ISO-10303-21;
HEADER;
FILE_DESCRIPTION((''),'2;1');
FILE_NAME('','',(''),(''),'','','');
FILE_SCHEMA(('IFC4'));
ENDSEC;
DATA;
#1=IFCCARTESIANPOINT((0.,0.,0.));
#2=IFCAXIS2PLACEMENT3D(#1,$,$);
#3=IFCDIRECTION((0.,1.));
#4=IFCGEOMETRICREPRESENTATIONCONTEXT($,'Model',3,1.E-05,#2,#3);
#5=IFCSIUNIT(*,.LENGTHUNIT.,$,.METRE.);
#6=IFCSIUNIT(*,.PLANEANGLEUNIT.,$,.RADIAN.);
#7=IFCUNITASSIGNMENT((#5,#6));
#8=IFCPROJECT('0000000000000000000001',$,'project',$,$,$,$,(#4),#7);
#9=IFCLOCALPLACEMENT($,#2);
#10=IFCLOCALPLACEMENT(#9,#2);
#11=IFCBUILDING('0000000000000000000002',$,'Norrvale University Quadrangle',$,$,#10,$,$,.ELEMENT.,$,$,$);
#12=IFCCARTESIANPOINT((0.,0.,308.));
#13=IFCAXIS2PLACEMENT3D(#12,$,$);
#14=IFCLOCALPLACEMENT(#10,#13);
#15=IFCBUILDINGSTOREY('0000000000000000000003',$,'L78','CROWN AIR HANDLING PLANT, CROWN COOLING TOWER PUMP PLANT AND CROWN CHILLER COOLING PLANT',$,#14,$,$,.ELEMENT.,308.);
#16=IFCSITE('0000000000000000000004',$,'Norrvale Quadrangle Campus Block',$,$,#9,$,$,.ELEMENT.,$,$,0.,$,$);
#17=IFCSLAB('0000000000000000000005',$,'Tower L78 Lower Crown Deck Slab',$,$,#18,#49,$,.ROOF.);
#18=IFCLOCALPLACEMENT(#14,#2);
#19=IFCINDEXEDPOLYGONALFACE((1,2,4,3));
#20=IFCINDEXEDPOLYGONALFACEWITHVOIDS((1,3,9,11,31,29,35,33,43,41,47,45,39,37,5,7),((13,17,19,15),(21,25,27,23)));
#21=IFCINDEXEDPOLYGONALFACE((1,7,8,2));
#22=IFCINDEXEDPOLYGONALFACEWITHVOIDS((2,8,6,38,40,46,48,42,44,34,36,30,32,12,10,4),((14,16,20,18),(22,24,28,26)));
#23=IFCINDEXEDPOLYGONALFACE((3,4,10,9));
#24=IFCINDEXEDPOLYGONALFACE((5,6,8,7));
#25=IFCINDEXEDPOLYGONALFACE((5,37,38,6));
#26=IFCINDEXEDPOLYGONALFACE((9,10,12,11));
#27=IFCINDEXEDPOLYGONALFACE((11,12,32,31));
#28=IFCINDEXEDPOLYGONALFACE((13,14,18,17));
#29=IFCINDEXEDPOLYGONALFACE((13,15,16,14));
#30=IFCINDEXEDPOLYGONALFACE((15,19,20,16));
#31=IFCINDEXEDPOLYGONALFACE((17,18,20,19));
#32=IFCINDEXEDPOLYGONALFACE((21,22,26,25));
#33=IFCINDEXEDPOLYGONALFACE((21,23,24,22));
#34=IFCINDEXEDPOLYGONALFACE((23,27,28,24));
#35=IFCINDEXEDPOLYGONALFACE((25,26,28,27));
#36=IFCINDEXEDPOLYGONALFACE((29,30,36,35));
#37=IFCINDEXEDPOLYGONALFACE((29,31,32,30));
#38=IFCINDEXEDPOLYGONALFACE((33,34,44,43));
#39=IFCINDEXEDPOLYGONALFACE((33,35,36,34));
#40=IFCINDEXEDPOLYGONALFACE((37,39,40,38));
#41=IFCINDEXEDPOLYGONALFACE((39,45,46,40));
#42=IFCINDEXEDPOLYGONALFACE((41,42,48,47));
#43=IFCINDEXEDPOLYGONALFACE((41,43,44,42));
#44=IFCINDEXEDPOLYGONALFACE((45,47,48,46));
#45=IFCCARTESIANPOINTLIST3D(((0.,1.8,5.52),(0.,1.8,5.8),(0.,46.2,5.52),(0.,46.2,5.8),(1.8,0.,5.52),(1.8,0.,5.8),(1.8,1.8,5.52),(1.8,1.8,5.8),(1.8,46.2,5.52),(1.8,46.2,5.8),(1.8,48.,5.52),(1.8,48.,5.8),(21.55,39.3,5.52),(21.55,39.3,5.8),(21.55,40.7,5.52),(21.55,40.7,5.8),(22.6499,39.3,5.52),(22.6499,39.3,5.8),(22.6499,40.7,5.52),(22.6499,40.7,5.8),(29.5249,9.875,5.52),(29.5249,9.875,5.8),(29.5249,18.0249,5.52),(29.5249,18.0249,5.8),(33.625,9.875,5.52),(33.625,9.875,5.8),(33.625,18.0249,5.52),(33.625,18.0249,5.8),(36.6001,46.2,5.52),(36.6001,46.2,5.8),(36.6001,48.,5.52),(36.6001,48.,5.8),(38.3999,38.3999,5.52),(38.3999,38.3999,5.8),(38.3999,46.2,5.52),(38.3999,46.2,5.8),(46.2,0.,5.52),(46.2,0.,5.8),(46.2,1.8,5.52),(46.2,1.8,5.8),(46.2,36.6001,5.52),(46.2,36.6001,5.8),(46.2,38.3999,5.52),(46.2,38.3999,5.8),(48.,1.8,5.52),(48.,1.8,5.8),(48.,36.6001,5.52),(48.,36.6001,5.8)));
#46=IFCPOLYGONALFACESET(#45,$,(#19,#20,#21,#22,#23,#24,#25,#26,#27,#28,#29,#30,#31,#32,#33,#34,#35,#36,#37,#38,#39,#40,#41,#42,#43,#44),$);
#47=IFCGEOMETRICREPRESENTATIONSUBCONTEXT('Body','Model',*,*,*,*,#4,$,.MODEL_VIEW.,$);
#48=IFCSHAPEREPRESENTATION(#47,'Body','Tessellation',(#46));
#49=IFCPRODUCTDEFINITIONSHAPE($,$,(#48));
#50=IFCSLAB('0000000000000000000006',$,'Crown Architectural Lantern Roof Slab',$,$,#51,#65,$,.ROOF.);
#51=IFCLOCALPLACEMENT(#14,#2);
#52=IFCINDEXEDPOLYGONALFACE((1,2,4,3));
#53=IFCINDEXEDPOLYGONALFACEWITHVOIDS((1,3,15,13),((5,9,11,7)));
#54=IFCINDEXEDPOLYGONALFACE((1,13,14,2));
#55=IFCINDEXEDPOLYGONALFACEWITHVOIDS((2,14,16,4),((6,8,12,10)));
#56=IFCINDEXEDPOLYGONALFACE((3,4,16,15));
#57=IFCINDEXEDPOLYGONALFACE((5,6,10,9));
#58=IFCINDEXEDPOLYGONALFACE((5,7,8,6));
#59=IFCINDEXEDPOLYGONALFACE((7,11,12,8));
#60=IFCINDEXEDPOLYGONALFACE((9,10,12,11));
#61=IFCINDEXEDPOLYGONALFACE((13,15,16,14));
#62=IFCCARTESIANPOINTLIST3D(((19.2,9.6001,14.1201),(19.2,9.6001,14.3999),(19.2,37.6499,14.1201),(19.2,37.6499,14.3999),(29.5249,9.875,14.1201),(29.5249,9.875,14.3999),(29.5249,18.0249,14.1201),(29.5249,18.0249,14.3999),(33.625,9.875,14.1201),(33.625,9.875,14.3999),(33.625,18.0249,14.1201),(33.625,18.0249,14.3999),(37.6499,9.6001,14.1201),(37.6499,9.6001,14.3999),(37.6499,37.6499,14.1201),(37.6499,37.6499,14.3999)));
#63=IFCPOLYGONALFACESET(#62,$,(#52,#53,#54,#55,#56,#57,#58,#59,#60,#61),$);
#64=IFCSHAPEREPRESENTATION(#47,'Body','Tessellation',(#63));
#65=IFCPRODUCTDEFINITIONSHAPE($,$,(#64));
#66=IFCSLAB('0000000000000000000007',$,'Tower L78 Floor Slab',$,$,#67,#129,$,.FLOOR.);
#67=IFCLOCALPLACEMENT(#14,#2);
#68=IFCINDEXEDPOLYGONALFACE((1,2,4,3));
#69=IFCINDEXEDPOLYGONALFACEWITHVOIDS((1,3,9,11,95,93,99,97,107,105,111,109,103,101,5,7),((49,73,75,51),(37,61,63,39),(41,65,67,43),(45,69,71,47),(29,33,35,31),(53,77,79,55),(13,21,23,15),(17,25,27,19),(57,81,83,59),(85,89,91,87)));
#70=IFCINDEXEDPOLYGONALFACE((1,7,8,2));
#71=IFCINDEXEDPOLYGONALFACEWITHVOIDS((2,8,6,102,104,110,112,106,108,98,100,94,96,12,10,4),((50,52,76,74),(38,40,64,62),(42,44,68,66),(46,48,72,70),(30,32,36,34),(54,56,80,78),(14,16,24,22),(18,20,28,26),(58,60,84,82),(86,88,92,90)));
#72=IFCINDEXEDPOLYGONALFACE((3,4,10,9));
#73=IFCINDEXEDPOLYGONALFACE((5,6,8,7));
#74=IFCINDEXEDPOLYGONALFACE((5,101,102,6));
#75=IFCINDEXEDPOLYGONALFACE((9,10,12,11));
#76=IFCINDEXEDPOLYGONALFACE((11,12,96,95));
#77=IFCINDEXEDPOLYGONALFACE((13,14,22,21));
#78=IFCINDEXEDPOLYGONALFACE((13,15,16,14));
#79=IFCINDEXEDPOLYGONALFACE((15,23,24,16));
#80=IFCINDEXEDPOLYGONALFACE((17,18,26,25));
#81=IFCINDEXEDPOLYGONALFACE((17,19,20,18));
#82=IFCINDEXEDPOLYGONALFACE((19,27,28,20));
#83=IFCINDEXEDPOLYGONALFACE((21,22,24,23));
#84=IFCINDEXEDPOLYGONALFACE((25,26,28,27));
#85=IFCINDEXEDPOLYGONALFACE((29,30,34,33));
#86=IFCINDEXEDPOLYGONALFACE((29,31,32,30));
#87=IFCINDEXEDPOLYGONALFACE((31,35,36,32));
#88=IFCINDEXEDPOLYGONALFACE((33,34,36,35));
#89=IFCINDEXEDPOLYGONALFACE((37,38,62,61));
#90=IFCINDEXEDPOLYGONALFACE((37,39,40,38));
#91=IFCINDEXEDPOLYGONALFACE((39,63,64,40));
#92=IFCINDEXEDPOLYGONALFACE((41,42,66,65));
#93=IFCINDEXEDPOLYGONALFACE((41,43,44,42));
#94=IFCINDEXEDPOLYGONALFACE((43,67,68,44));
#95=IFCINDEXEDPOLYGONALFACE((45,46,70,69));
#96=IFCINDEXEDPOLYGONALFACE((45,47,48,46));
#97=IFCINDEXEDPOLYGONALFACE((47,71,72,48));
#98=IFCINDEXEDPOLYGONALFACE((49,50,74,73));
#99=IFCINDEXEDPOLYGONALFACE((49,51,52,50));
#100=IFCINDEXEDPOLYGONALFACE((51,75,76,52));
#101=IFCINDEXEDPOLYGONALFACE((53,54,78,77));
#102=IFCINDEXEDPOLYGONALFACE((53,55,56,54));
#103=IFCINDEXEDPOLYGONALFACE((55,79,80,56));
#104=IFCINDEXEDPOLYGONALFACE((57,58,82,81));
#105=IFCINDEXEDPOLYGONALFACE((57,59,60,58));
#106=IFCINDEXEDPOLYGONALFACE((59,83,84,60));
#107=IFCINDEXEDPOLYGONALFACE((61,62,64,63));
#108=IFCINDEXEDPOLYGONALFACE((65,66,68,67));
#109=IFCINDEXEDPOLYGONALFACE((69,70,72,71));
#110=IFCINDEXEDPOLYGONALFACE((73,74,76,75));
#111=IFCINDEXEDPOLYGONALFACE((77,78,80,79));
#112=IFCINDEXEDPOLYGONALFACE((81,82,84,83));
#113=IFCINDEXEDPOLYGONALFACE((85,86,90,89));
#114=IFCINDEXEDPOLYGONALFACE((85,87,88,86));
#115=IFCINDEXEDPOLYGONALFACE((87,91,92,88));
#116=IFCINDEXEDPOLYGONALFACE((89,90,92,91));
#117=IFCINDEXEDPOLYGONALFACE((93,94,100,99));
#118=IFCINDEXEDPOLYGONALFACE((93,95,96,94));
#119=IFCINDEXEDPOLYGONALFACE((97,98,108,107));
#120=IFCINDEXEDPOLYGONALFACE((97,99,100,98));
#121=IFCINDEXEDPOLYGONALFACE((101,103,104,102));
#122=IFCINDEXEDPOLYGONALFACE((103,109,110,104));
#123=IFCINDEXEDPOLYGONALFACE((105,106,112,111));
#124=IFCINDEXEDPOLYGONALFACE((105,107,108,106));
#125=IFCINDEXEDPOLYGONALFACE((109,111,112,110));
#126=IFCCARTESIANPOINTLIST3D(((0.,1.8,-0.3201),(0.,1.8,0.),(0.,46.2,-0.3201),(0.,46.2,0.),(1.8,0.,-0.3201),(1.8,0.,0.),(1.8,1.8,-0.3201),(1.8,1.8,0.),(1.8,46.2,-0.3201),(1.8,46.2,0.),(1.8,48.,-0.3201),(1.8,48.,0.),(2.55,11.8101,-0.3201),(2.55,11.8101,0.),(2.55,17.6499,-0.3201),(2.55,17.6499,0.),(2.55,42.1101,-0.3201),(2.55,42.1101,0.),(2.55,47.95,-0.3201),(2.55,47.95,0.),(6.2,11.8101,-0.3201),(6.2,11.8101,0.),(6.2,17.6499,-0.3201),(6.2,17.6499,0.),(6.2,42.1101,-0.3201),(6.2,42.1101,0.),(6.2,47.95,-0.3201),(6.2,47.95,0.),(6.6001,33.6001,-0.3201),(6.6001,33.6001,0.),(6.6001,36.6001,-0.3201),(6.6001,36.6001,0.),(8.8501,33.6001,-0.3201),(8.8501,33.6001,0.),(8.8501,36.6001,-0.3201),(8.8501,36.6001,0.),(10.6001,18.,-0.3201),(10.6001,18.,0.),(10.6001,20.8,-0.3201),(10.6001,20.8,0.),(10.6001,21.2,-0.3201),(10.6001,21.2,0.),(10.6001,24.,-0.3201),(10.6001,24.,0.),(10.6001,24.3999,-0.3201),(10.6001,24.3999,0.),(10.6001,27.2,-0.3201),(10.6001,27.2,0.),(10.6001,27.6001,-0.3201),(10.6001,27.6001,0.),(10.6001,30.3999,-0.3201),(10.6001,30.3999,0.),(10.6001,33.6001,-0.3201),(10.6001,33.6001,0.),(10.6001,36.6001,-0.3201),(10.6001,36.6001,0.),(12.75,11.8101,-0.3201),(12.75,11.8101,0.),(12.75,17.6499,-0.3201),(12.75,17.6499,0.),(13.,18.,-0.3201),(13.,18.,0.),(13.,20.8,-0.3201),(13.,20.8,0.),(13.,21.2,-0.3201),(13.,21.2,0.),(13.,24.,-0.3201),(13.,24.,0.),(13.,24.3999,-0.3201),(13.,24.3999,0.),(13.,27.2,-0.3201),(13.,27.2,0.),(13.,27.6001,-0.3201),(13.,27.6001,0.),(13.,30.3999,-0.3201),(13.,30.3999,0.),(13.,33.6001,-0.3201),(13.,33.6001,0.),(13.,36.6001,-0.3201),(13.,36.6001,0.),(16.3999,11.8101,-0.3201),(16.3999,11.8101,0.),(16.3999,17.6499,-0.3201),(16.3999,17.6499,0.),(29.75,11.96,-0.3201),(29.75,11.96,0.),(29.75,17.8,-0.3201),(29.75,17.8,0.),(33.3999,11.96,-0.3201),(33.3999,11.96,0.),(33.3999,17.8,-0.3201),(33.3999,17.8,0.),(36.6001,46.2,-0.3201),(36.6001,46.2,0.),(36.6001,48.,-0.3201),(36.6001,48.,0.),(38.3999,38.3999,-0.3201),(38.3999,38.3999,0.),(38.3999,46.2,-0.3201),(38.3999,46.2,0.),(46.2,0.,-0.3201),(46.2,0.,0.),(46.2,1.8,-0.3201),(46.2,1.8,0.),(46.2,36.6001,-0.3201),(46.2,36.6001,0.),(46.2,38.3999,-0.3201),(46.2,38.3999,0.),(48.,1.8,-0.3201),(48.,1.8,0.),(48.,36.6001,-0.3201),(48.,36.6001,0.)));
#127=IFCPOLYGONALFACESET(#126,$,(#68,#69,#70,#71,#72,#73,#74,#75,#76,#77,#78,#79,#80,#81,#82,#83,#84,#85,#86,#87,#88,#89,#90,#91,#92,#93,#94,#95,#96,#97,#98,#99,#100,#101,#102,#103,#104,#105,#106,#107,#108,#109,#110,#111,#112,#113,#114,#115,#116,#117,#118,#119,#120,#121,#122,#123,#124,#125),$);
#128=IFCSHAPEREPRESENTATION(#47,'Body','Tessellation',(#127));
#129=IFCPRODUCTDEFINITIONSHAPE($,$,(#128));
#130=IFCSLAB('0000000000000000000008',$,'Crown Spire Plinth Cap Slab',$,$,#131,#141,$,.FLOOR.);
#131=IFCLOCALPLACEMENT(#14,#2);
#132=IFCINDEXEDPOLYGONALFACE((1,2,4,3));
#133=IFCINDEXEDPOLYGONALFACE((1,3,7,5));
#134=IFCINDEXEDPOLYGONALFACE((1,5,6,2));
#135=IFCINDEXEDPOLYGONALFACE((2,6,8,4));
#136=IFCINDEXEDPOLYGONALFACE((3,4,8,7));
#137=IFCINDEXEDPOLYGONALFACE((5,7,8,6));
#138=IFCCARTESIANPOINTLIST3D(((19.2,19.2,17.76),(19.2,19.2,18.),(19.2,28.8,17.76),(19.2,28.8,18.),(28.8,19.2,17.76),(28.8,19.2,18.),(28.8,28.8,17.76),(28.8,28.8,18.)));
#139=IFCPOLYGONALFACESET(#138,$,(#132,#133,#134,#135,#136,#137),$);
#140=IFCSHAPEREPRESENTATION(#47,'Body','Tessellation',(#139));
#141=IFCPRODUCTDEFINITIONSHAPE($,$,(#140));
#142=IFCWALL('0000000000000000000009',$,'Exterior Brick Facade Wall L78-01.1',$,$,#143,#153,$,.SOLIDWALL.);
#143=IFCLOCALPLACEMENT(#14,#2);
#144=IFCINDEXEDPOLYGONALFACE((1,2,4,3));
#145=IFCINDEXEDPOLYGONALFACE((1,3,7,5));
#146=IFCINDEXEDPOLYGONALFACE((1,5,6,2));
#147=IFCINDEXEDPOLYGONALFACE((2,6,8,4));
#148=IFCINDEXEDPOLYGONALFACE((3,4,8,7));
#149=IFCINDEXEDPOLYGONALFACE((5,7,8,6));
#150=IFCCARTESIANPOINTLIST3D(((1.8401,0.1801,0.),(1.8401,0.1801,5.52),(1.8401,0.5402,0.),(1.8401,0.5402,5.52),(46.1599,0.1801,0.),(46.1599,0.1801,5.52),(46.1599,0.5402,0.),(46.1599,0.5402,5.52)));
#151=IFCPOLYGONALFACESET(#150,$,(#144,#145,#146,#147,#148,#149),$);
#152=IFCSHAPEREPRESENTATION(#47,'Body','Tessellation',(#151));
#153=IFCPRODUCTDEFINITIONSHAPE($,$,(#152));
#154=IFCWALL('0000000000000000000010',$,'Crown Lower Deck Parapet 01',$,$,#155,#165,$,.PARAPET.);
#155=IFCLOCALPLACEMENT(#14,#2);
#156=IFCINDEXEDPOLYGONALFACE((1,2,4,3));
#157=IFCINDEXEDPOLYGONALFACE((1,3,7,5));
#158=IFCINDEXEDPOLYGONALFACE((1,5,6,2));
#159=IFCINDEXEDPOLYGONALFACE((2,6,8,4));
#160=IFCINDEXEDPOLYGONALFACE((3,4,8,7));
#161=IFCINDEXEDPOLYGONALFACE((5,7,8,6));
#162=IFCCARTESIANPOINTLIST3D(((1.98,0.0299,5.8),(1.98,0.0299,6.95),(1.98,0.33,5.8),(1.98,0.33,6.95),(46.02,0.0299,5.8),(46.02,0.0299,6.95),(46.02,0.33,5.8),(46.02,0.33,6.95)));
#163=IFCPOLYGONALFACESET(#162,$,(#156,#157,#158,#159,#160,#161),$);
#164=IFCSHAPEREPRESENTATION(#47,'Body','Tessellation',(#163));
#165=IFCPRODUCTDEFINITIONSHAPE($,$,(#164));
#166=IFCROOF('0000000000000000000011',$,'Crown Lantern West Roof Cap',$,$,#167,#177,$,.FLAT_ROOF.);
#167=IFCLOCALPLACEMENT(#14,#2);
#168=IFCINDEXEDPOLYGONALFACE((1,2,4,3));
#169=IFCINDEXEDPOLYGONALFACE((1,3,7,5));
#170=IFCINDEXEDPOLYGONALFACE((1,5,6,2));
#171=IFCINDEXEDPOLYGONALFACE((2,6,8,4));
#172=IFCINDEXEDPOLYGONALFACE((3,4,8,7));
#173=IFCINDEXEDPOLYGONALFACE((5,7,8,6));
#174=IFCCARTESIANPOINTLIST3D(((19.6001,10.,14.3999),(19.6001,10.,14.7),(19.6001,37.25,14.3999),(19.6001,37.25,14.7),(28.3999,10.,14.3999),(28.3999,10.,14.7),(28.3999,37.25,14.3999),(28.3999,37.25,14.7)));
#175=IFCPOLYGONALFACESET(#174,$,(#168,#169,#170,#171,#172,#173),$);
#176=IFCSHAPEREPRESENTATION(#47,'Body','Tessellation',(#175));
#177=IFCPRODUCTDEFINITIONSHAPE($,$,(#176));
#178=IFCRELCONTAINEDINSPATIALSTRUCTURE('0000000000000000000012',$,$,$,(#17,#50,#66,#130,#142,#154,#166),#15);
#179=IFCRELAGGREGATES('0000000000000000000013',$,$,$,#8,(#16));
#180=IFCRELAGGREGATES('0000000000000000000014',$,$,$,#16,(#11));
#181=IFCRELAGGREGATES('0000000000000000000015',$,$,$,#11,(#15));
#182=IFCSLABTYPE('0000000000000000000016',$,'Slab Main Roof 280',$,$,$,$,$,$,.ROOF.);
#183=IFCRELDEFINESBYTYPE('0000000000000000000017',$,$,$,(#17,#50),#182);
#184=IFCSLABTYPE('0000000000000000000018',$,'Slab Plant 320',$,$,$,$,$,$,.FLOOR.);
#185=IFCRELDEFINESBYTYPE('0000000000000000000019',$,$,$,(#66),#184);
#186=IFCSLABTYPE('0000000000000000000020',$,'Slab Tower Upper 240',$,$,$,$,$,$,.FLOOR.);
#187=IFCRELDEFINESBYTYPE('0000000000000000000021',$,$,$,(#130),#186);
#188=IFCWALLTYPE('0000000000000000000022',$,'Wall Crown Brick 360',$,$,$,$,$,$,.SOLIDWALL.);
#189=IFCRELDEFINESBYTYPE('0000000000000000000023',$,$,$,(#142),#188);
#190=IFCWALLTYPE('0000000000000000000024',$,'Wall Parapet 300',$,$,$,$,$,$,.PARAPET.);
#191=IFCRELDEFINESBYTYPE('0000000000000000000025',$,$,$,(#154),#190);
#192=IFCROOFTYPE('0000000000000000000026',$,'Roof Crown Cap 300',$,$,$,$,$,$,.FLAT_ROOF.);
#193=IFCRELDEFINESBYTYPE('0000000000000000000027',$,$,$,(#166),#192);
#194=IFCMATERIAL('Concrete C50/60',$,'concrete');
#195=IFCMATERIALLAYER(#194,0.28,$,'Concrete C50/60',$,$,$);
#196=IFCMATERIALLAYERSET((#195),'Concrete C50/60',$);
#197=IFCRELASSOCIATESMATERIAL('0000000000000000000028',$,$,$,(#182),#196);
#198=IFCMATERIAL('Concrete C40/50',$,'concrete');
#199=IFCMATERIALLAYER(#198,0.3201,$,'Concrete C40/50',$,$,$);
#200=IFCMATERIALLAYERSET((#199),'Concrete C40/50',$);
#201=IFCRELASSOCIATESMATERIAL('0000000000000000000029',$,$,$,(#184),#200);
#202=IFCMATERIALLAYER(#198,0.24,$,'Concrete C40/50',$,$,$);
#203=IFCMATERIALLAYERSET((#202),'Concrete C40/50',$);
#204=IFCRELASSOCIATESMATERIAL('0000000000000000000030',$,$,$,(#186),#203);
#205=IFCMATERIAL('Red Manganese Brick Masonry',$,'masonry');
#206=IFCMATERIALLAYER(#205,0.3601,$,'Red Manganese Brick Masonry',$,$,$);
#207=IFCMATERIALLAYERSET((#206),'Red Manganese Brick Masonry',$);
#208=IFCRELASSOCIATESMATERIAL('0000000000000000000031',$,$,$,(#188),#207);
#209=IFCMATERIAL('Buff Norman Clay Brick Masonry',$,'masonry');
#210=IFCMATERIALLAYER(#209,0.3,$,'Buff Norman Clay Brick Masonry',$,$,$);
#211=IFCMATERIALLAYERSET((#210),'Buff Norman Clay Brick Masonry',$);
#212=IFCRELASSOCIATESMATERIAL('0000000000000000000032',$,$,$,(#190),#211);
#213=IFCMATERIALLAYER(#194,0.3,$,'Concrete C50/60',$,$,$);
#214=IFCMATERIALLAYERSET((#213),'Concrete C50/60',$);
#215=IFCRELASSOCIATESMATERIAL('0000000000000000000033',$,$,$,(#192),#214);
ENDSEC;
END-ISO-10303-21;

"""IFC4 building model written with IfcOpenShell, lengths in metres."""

from ifc_helpers import new_model, si_unit, direction, frame, frame_2d, origin, place, context, subcontext, project, spatial, polyline, rectangle, outline, extrude, material, layer, layer_set, type_object, element, save


model = new_model("IFC4")

# Units and contexts
model_context = context("Model", 3, precision=1e-05, world=origin(), true_north=direction((0.0, 1.0)))
body_context = subcontext(model_context, "Body", "Model", "MODEL_VIEW")
ifc_project = project(units=[si_unit("LENGTHUNIT", "METRE"), si_unit("PLANEANGLEUNIT", "RADIAN")], contexts=[model_context])

# Site, building, storey
site_placement = place(None, origin())
site = spatial("IfcSite", under=ifc_project, at=site_placement, Name="Norrvale Quadrangle Campus Block", CompositionType="ELEMENT", RefElevation=0.0)
building_placement = place(site_placement, origin())
building = spatial("IfcBuilding", under=site, at=building_placement, Name="Norrvale University Quadrangle", CompositionType="ELEMENT")
storey_placement = place(building_placement, frame((0.0, 0.0, 308.0)))
storey = spatial("IfcBuildingStorey", under=building, at=storey_placement, Name="L78", Description="CROWN AIR HANDLING PLANT, CROWN COOLING TOWER PUMP PLANT AND CROWN CHILLER COOLING PLANT", CompositionType="ELEMENT", Elevation=308.0)

# Shared definitions
ifc_material_1 = material(Name="Concrete C40/50", Category="concrete")

# Slabs
ifc_material_2 = material(Name="Concrete C50/60", Category="concrete")
ifc_layer_1 = layer(ifc_material_2, 0.28, Name="Concrete C50/60")
ifc_layer_set_1 = layer_set([ifc_layer_1], Name="Concrete C50/60")
slab_type_1 = type_object("IfcSlabType", Name="Slab Main Roof 280", PredefinedType="ROOF", material=ifc_layer_set_1)
slab_1_placement = place(storey_placement, frame((0.0, 0.0, 5.52)))
element("IfcSlab", 1, at=slab_1_placement, inside=storey, type_object=slab_type_1, Name="Tower L78 Lower Crown Deck Slab", PredefinedType="ROOF", context=body_context, shape_type="SweptSolid", body=[
    extrude(outline(polyline([(1.8, 0.0), (46.2, 0.0), (46.2, 1.8), (48.0, 1.8), (48.0, 36.6001), (46.2, 36.6001), (46.2, 38.3999), (38.3999, 38.3999), (38.3999, 46.2), (36.6001, 46.2), (36.6001, 48.0), (1.8, 48.0), (1.8, 46.2), (0.0, 46.2), (0.0, 1.8), (1.8, 1.8), (1.8, 0.0)]), holes=[polyline([(29.5249, 9.875), (33.625, 9.875), (33.625, 18.0249), (29.5249, 18.0249), (29.5249, 9.875)]), polyline([(21.55, 39.3), (22.6499, 39.3), (22.6499, 40.7), (21.55, 40.7), (21.55, 39.3)])]), origin(), (0.0, 0.0, 1.0), 0.28),
])
slab_2_placement = place(storey_placement, frame((0.0, 0.0, 14.1201)))
element("IfcSlab", 2, at=slab_2_placement, inside=storey, type_object=slab_type_1, Name="Crown Architectural Lantern Roof Slab", PredefinedType="ROOF", context=body_context, shape_type="SweptSolid", body=[
    extrude(outline(polyline([(19.2, 9.6001), (37.6499, 9.6001), (37.6499, 37.6499), (19.2, 37.6499), (19.2, 9.6001)]), holes=[polyline([(29.5249, 9.875), (33.625, 9.875), (33.625, 18.0249), (29.5249, 18.0249), (29.5249, 9.875)])]), origin(), (0.0, 0.0, 1.0), 0.2798),
])
ifc_layer_2 = layer(ifc_material_1, 0.3201, Name="Concrete C40/50")
ifc_layer_set_2 = layer_set([ifc_layer_2], Name="Concrete C40/50")
slab_type_2 = type_object("IfcSlabType", Name="Slab Plant 320", PredefinedType="FLOOR", material=ifc_layer_set_2)
slab_3_placement = place(storey_placement, frame((0.0, 0.0, -0.3201)))
element("IfcSlab", 3, at=slab_3_placement, inside=storey, type_object=slab_type_2, Name="Tower L78 Floor Slab", PredefinedType="FLOOR", context=body_context, shape_type="SweptSolid", body=[
    extrude(outline(polyline([(1.8, 0.0), (46.2, 0.0), (46.2, 1.8), (48.0, 1.8), (48.0, 36.6001), (46.2, 36.6001), (46.2, 38.3999), (38.3999, 38.3999), (38.3999, 46.2), (36.6001, 46.2), (36.6001, 48.0), (1.8, 48.0), (1.8, 46.2), (0.0, 46.2), (0.0, 1.8), (1.8, 1.8), (1.8, 0.0)]), holes=[polyline([(2.55, 11.8101), (6.2, 11.8101), (6.2, 17.6499), (2.55, 17.6499), (2.55, 11.8101)]), polyline([(2.55, 42.1101), (6.2, 42.1101), (6.2, 47.95), (2.55, 47.95), (2.55, 42.1101)]), polyline([(12.75, 11.8101), (16.3999, 11.8101), (16.3999, 17.6499), (12.75, 17.6499), (12.75, 11.8101)]), polyline([(29.75, 11.96), (33.3999, 11.96), (33.3999, 17.8), (29.75, 17.8), (29.75, 11.96)]), polyline([(10.6001, 18.0), (13.0, 18.0), (13.0, 20.8), (10.6001, 20.8), (10.6001, 18.0)]), polyline([(10.6001, 21.2), (13.0, 21.2), (13.0, 24.0), (10.6001, 24.0), (10.6001, 21.2)]), polyline([(10.6001, 24.3999), (13.0, 24.3999), (13.0, 27.2), (10.6001, 27.2), (10.6001, 24.3999)]), polyline([(10.6001, 27.6001), (13.0, 27.6001), (13.0, 30.3999), (10.6001, 30.3999), (10.6001, 27.6001)]), polyline([(6.6001, 33.6001), (8.8501, 33.6001), (8.8501, 36.6001), (6.6001, 36.6001), (6.6001, 33.6001)]), polyline([(10.6001, 33.6001), (13.0, 33.6001), (13.0, 36.6001), (10.6001, 36.6001), (10.6001, 33.6001)])]), origin(), (0.0, 0.0, 1.0), 0.3201),
])
ifc_layer_3 = layer(ifc_material_1, 0.24, Name="Concrete C40/50")
ifc_layer_set_3 = layer_set([ifc_layer_3], Name="Concrete C40/50")
slab_type_3 = type_object("IfcSlabType", Name="Slab Tower Upper 240", PredefinedType="FLOOR", material=ifc_layer_set_3)
slab_4_placement = place(storey_placement, frame((0.0, 0.0, 17.76)))
element("IfcSlab", 4, at=slab_4_placement, inside=storey, type_object=slab_type_3, Name="Crown Spire Plinth Cap Slab", PredefinedType="FLOOR", context=body_context, shape_type="SweptSolid", body=[
    extrude(outline(polyline([(19.2, 19.2), (28.8, 19.2), (28.8, 28.8), (19.2, 28.8), (19.2, 19.2)])), origin(), (0.0, 0.0, 1.0), 0.24),
])

# Walls
ifc_material_3 = material(Name="Red Manganese Brick Masonry", Category="masonry")
ifc_layer_4 = layer(ifc_material_3, 0.3601, Name="Red Manganese Brick Masonry")
ifc_layer_set_4 = layer_set([ifc_layer_4], Name="Red Manganese Brick Masonry")
wall_type_1 = type_object("IfcWallType", Name="Wall Crown Brick 360", PredefinedType="SOLIDWALL", material=ifc_layer_set_4)
wall_1_placement = place(storey_placement, frame((1.8401, 0.3601, 0.0), z_axis=(0.0, 0.0, 1.0), x_axis=(1.0, 0.0, 0.0)))
element("IfcWall", 5, at=wall_1_placement, inside=storey, type_object=wall_type_1, Name="Exterior Brick Facade Wall L78-01.1", PredefinedType="SOLIDWALL", context=body_context, shape_type="SweptSolid", body=[
    extrude(rectangle(XDim=44.3198, YDim=0.3601, at=frame_2d((22.1599, 0.0))), origin(), (0.0, 0.0, 1.0), 5.52),
])
ifc_material_4 = material(Name="Buff Norman Clay Brick Masonry", Category="masonry")
ifc_layer_5 = layer(ifc_material_4, 0.3, Name="Buff Norman Clay Brick Masonry")
ifc_layer_set_5 = layer_set([ifc_layer_5], Name="Buff Norman Clay Brick Masonry")
wall_type_2 = type_object("IfcWallType", Name="Wall Parapet 300", PredefinedType="PARAPET", material=ifc_layer_set_5)
wall_2_placement = place(storey_placement, frame((1.98, 0.1799, 5.8), z_axis=(0.0, 0.0, 1.0), x_axis=(1.0, 0.0, 0.0)))
element("IfcWall", 6, at=wall_2_placement, inside=storey, type_object=wall_type_2, Name="Crown Lower Deck Parapet 01", PredefinedType="PARAPET", context=body_context, shape_type="SweptSolid", body=[
    extrude(rectangle(XDim=44.04, YDim=0.3, at=frame_2d((22.02, 0.0))), origin(), (0.0, 0.0, 1.0), 1.1499),
])

# Roof
ifc_layer_6 = layer(ifc_material_2, 0.3, Name="Concrete C50/60")
ifc_layer_set_6 = layer_set([ifc_layer_6], Name="Concrete C50/60")
roof_type = type_object("IfcRoofType", Name="Roof Crown Cap 300", PredefinedType="FLAT_ROOF", material=ifc_layer_set_6)
roof_1_placement = place(storey_placement, frame((0.0, 0.0, 14.3999)))
element("IfcRoof", 7, at=roof_1_placement, inside=storey, type_object=roof_type, Name="Crown Lantern West Roof Cap", PredefinedType="FLAT_ROOF", context=body_context, shape_type="SweptSolid", body=[
    extrude(outline(polyline([(19.6001, 10.0), (28.3999, 10.0), (28.3999, 37.25), (19.6001, 37.25), (19.6001, 10.0)])), origin(), (0.0, 0.0, 1.0), 0.3),
])

save(model, "model.ifc")
